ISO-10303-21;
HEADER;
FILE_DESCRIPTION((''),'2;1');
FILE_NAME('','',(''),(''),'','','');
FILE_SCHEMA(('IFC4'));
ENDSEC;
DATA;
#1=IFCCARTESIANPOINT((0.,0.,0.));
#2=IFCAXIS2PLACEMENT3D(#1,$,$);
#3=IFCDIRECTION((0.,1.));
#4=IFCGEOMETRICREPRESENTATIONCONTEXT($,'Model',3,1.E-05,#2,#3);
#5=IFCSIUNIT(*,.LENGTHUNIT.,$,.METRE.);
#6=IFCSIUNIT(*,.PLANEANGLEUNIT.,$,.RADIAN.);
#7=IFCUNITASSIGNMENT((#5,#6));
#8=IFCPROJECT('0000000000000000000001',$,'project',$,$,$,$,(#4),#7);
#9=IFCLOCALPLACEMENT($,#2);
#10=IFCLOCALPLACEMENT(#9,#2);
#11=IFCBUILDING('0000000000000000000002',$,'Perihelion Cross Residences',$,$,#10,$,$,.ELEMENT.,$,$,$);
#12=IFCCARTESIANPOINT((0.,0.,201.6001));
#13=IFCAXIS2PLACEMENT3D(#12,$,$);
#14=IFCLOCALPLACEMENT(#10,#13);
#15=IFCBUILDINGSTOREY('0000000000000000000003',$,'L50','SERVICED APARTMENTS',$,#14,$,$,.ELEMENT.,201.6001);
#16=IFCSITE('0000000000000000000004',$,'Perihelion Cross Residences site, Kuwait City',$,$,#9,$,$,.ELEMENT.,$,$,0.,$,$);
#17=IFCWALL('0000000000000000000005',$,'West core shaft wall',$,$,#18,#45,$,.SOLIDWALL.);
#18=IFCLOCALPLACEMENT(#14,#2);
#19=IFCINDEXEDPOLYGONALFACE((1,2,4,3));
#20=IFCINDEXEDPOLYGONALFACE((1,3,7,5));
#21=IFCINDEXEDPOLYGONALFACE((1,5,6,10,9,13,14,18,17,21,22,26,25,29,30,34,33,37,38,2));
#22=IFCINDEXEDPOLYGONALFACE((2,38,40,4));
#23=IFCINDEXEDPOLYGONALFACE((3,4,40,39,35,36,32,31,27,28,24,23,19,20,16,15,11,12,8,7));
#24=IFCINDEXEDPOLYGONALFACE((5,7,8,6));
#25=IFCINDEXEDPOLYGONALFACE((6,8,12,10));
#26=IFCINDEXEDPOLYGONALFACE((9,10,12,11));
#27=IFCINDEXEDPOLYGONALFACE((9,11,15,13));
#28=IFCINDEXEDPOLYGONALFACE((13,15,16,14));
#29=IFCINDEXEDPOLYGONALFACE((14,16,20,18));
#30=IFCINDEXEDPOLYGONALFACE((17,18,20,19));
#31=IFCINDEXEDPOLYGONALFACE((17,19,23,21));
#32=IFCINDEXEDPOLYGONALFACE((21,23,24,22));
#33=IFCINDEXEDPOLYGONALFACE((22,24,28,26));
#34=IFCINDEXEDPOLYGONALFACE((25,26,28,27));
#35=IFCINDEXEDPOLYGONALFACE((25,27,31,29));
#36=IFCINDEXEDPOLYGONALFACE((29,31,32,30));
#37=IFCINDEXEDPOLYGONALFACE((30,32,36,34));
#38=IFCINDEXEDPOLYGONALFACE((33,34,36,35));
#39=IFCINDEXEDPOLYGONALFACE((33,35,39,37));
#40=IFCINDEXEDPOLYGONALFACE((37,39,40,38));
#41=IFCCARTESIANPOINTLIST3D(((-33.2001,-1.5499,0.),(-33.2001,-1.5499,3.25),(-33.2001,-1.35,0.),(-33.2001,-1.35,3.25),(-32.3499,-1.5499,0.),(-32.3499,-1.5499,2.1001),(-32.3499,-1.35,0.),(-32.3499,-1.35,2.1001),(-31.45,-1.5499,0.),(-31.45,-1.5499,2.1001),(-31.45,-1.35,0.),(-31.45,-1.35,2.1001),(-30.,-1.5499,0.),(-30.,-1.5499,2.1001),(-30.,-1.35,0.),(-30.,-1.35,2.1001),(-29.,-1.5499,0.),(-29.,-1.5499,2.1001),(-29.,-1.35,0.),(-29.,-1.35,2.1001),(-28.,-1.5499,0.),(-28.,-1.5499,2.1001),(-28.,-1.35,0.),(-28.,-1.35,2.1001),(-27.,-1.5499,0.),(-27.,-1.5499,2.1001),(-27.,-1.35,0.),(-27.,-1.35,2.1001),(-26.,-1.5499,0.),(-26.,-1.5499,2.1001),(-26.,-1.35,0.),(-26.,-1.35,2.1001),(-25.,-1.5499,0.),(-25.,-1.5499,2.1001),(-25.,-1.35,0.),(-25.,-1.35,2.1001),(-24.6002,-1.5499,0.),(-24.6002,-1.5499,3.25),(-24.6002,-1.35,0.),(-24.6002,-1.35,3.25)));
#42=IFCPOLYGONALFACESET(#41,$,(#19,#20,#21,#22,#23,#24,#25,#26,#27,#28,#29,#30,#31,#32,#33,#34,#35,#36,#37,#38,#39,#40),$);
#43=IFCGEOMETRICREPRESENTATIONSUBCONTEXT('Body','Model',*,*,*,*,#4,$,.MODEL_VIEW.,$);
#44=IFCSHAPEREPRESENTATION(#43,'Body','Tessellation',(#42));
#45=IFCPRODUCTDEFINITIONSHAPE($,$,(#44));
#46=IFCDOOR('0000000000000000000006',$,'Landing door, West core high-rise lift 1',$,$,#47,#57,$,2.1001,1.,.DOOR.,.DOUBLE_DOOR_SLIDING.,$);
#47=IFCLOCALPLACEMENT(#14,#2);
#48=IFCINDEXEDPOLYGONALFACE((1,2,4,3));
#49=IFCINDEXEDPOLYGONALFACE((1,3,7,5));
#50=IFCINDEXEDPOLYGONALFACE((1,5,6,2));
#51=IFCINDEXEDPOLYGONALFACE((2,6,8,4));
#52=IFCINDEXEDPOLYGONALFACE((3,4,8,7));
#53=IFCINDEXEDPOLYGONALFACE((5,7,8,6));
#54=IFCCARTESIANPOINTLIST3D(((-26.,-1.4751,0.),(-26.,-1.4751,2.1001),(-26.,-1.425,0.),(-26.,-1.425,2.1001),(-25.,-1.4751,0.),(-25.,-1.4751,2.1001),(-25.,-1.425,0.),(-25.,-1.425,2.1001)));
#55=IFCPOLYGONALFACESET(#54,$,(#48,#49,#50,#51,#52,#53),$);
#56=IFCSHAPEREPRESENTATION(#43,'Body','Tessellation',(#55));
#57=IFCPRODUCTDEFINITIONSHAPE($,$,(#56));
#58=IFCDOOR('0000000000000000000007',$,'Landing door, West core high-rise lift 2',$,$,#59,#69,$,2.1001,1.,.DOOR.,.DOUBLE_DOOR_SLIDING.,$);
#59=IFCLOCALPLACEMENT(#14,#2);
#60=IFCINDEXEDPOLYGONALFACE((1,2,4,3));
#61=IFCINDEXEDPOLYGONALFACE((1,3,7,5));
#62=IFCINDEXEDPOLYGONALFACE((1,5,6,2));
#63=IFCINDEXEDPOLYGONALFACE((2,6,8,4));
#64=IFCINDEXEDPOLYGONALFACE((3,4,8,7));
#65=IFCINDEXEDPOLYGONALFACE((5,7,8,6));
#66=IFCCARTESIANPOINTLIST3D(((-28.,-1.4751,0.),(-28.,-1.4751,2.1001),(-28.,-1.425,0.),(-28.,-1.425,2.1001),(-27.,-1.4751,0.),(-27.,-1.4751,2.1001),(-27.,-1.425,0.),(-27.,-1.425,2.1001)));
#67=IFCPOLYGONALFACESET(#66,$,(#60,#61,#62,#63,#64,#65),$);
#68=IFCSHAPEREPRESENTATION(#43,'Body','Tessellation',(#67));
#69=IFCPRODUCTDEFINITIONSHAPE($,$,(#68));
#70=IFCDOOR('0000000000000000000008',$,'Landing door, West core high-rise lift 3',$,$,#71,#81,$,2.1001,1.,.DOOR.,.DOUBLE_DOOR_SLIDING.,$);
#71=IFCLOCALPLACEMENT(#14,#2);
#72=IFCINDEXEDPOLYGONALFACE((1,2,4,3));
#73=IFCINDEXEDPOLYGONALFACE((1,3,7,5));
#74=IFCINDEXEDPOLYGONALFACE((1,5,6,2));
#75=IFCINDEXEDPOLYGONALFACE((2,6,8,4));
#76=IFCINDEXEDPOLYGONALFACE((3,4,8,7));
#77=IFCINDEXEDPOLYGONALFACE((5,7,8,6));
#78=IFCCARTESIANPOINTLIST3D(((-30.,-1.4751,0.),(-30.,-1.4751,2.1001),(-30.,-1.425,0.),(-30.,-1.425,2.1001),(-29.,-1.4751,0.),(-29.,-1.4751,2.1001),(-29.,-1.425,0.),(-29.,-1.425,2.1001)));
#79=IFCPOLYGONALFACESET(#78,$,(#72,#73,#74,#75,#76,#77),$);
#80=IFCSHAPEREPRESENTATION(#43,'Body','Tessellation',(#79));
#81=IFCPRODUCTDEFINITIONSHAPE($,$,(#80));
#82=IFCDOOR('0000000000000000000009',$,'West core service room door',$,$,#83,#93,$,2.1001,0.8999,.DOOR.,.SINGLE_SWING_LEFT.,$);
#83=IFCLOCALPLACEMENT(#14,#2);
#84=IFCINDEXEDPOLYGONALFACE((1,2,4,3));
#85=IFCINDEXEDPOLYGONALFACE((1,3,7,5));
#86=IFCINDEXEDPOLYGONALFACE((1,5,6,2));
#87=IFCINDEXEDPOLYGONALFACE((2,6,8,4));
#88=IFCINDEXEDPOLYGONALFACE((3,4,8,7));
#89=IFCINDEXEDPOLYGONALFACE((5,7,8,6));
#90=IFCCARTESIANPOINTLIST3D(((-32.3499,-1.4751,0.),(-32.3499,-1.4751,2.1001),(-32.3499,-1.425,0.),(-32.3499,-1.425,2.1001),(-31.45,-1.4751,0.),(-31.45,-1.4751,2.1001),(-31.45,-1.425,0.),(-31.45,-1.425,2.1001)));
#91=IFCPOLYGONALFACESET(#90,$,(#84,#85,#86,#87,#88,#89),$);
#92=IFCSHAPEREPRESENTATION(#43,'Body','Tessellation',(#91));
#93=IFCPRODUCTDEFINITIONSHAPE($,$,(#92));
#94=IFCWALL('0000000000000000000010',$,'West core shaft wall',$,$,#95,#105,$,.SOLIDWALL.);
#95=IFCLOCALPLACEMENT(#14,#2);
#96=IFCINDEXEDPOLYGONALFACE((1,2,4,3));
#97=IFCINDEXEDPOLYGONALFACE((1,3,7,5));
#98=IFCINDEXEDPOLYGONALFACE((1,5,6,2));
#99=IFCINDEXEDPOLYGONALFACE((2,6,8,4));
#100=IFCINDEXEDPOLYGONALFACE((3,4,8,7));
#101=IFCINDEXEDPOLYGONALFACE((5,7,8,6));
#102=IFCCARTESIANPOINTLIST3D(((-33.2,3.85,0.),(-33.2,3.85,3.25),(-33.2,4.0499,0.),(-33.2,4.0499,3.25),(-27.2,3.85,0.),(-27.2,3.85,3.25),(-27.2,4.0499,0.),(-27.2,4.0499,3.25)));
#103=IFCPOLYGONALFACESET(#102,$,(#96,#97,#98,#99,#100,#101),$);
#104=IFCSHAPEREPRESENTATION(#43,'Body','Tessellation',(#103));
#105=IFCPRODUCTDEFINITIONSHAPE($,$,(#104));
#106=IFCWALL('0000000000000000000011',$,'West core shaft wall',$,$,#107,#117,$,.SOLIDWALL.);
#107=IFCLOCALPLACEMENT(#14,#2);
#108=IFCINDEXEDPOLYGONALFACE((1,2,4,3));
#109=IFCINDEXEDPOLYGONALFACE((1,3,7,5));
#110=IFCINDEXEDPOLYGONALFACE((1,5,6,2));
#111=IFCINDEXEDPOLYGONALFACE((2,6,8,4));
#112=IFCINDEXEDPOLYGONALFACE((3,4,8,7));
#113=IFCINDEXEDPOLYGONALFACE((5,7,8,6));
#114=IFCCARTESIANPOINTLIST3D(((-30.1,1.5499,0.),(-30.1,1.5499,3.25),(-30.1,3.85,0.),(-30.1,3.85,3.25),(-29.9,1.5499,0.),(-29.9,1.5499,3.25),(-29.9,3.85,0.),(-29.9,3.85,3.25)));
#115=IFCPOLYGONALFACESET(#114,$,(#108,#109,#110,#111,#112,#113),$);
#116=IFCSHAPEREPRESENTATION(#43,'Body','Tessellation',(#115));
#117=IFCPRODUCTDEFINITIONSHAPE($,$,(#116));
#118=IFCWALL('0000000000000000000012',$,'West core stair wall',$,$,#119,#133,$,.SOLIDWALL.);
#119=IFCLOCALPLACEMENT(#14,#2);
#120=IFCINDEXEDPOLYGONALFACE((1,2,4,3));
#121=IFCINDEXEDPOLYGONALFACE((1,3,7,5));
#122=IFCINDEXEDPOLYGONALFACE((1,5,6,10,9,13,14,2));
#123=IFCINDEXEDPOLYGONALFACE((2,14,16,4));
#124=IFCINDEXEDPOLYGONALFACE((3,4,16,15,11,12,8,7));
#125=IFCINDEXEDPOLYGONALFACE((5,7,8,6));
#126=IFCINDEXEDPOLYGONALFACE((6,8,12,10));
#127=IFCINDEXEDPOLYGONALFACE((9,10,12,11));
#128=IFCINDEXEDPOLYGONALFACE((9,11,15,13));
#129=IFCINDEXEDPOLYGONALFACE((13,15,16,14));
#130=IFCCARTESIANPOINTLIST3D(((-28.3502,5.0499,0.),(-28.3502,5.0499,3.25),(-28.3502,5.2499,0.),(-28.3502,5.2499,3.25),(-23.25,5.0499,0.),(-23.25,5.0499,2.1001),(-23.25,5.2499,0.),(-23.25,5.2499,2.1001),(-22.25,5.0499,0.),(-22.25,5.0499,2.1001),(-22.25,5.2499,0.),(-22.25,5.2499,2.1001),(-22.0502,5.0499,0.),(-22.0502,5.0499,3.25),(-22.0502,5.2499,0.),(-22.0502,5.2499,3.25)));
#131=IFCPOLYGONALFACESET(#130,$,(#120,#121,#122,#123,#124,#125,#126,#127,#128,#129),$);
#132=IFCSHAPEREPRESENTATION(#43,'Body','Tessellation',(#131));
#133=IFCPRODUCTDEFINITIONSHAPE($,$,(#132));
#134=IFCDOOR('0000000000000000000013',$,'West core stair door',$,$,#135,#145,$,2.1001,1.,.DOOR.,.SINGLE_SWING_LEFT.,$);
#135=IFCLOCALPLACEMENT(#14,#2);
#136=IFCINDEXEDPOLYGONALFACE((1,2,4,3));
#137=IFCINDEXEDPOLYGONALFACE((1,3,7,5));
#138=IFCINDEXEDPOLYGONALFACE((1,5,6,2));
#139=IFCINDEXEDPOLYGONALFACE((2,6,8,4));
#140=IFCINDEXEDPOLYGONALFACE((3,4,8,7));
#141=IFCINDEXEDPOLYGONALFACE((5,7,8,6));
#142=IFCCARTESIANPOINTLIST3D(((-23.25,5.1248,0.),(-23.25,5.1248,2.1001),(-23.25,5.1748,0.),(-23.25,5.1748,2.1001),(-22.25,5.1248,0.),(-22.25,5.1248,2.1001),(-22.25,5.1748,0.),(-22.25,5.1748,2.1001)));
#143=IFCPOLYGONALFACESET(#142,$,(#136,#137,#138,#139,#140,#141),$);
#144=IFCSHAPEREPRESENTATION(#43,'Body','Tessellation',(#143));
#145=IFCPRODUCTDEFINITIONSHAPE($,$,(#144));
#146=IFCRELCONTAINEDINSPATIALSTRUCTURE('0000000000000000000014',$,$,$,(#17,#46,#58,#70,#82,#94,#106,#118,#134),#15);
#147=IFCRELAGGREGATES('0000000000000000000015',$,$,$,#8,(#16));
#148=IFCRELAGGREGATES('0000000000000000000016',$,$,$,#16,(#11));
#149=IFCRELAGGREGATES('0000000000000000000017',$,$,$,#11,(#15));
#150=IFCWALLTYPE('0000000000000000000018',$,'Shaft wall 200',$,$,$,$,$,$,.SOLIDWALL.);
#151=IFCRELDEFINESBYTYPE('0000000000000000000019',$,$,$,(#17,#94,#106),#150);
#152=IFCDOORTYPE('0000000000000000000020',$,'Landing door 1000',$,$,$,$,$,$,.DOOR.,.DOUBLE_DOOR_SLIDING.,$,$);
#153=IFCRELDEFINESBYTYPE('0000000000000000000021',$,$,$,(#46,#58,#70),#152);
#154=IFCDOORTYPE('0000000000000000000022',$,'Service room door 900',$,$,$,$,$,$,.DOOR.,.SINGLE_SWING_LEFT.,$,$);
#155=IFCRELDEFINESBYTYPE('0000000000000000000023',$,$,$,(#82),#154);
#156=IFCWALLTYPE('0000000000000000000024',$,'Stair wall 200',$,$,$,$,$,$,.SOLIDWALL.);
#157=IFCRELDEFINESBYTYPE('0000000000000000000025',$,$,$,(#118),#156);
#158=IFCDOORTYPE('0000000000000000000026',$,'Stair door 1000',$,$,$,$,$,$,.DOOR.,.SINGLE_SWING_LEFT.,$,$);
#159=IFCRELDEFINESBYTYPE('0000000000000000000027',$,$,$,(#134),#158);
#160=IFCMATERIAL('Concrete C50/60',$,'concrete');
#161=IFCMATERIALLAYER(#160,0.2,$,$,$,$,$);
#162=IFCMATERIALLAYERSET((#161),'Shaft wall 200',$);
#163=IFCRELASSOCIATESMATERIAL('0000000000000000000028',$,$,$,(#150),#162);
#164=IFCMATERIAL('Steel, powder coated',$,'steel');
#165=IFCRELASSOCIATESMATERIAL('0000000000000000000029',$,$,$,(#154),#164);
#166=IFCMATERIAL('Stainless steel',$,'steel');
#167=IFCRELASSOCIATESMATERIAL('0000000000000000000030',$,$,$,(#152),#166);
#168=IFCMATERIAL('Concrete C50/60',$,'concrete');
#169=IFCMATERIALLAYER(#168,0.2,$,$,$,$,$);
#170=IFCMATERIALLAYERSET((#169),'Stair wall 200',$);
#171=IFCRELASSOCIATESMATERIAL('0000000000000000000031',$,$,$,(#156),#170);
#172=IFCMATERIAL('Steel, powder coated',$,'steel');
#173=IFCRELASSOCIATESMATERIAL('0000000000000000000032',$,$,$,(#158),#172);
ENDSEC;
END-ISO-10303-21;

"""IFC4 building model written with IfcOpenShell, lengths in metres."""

from ifc_helpers import new_model, si_unit, direction, frame, frame_2d, origin, place, context, subcontext, project, spatial, rectangle, extrude, material, layer, layer_set, type_object, element, fill, save


model = new_model("IFC4")

# Units and contexts
model_context = context("Model", 3, precision=1e-05, world=origin(), true_north=direction((0.0, 1.0)))
body_context = subcontext(model_context, "Body", "Model", "MODEL_VIEW")
ifc_project = project(units=[si_unit("LENGTHUNIT", "METRE"), si_unit("PLANEANGLEUNIT", "RADIAN")], contexts=[model_context])

# Site, building, storey
site_placement = place(None, origin())
site = spatial("IfcSite", under=ifc_project, at=site_placement, Name="Perihelion Cross Residences site, Kuwait City", CompositionType="ELEMENT", RefElevation=0.0)
building_placement = place(site_placement, origin())
building = spatial("IfcBuilding", under=site, at=building_placement, Name="Perihelion Cross Residences", CompositionType="ELEMENT")
storey_placement = place(building_placement, frame((0.0, 0.0, 201.6001)))
storey = spatial("IfcBuildingStorey", under=building, at=storey_placement, Name="L50", Description="SERVICED APARTMENTS", CompositionType="ELEMENT", Elevation=201.6001)

# Wall, openings, doors
ifc_material_1 = material(Name="Concrete C50/60", Category="concrete")
ifc_layer_1 = layer(ifc_material_1, 0.2)
ifc_layer_set_1 = layer_set([ifc_layer_1], Name="Shaft wall 200")
wall_type_1 = type_object("IfcWallType", Name="Shaft wall 200", PredefinedType="SOLIDWALL", material=ifc_layer_set_1)
ifc_material_2 = material(Name="Steel, powder coated", Category="steel")
door_type_1 = type_object("IfcDoorType", Name="Service room door 900", OperationType="SINGLE_SWING_LEFT", PredefinedType="DOOR", material=ifc_material_2)
wall_1_placement = place(storey_placement, frame((-33.2, -1.45, 0.0), z_axis=(0.0, 0.0, 1.0), x_axis=(1.0, 0.0, 0.0)))
wall_1 = element("IfcWall", 1, at=wall_1_placement, inside=storey, type_object=wall_type_1, Name="West core shaft wall", PredefinedType="SOLIDWALL", context=body_context, shape_type="SweptSolid", body=[
    extrude(rectangle(XDim=8.5999, YDim=0.2, at=frame_2d((4.2998, 0.0))), origin(), (0.0, 0.0, 1.0), 3.25),
])
opening_1_placement = place(wall_1_placement, frame((7.2, 0.0, 0.0)))
opening_1 = element("IfcOpeningElement", 2, at=opening_1_placement, cuts=wall_1, PredefinedType="OPENING", context=body_context, shape_type="SweptSolid", body=[
    extrude(rectangle(XDim=1.0, YDim=2.1001, at=frame_2d((0.5, 1.05))), frame((0.0, 0.1099, 0.0), z_axis=(0.0, -1.0, 0.0), x_axis=(1.0, 0.0, 0.0)), (0.0, 0.0, 1.0), 0.22),
])
opening_2_placement = place(wall_1_placement, frame((5.2, 0.0, 0.0)))
opening_2 = element("IfcOpeningElement", 3, at=opening_2_placement, cuts=wall_1, PredefinedType="OPENING", context=body_context, shape_type="SweptSolid", body=[
    extrude(rectangle(XDim=1.0, YDim=2.1001, at=frame_2d((0.5, 1.05))), frame((0.0, 0.1099, 0.0), z_axis=(0.0, -1.0, 0.0), x_axis=(1.0, 0.0, 0.0)), (0.0, 0.0, 1.0), 0.22),
])
opening_3_placement = place(wall_1_placement, frame((3.2, 0.0, 0.0)))
opening_3 = element("IfcOpeningElement", 4, at=opening_3_placement, cuts=wall_1, PredefinedType="OPENING", context=body_context, shape_type="SweptSolid", body=[
    extrude(rectangle(XDim=1.0, YDim=2.1001, at=frame_2d((0.5, 1.05))), frame((0.0, 0.1099, 0.0), z_axis=(0.0, -1.0, 0.0), x_axis=(1.0, 0.0, 0.0)), (0.0, 0.0, 1.0), 0.22),
])
opening_4_placement = place(wall_1_placement, frame((0.8501, 0.0, 0.0)))
opening_4 = element("IfcOpeningElement", 5, at=opening_4_placement, cuts=wall_1, PredefinedType="OPENING", context=body_context, shape_type="SweptSolid", body=[
    extrude(rectangle(XDim=0.8999, YDim=2.1001, at=frame_2d((0.45, 1.05))), frame((0.0, 0.1099, 0.0), z_axis=(0.0, -1.0, 0.0), x_axis=(1.0, 0.0, 0.0)), (0.0, 0.0, 1.0), 0.22),
])
ifc_material_3 = material(Name="Stainless steel", Category="steel")
door_type_2 = type_object("IfcDoorType", Name="Landing door 1000", OperationType="DOUBLE_DOOR_SLIDING", PredefinedType="DOOR", material=ifc_material_3)
door_1_placement = place(opening_1_placement, origin())
door_1 = element("IfcDoor", 6, at=door_1_placement, inside=storey, type_object=door_type_2, Name="Landing door, West core high-rise lift 1", OperationType="DOUBLE_DOOR_SLIDING", OverallHeight=2.1001, OverallWidth=1.0, PredefinedType="DOOR", context=body_context, shape_type="SweptSolid", body=[
    extrude(rectangle(XDim=1.0, YDim=2.1001, at=frame_2d((0.5, 1.05))), frame((0.0, 0.0249, 0.0), z_axis=(0.0, -1.0, 0.0), x_axis=(1.0, 0.0, 0.0)), (0.0, 0.0, 1.0), 0.05),
])
fill(opening_1, door_1)
door_2_placement = place(opening_2_placement, origin())
door_2 = element("IfcDoor", 7, at=door_2_placement, inside=storey, type_object=door_type_2, Name="Landing door, West core high-rise lift 2", OperationType="DOUBLE_DOOR_SLIDING", OverallHeight=2.1001, OverallWidth=1.0, PredefinedType="DOOR", context=body_context, shape_type="SweptSolid", body=[
    extrude(rectangle(XDim=1.0, YDim=2.1001, at=frame_2d((0.5, 1.05))), frame((0.0, 0.0249, 0.0), z_axis=(0.0, -1.0, 0.0), x_axis=(1.0, 0.0, 0.0)), (0.0, 0.0, 1.0), 0.05),
])
fill(opening_2, door_2)
door_3_placement = place(opening_3_placement, origin())
door_3 = element("IfcDoor", 8, at=door_3_placement, inside=storey, type_object=door_type_2, Name="Landing door, West core high-rise lift 3", OperationType="DOUBLE_DOOR_SLIDING", OverallHeight=2.1001, OverallWidth=1.0, PredefinedType="DOOR", context=body_context, shape_type="SweptSolid", body=[
    extrude(rectangle(XDim=1.0, YDim=2.1001, at=frame_2d((0.5, 1.05))), frame((0.0, 0.0249, 0.0), z_axis=(0.0, -1.0, 0.0), x_axis=(1.0, 0.0, 0.0)), (0.0, 0.0, 1.0), 0.05),
])
fill(opening_3, door_3)
door_4_placement = place(opening_4_placement, origin())
door_4 = element("IfcDoor", 9, at=door_4_placement, inside=storey, type_object=door_type_1, Name="West core service room door", OperationType="SINGLE_SWING_LEFT", OverallHeight=2.1001, OverallWidth=0.8999, PredefinedType="DOOR", context=body_context, shape_type="SweptSolid", body=[
    extrude(rectangle(XDim=0.8999, YDim=2.1001, at=frame_2d((0.45, 1.05))), frame((0.0, 0.0249, 0.0), z_axis=(0.0, -1.0, 0.0), x_axis=(1.0, 0.0, 0.0)), (0.0, 0.0, 1.0), 0.05),
])
fill(opening_4, door_4)

# Walls
wall_2_placement = place(storey_placement, frame((-33.2, 3.95, 0.0), z_axis=(0.0, 0.0, 1.0), x_axis=(1.0, 0.0, 0.0)))
element("IfcWall", 10, at=wall_2_placement, inside=storey, type_object=wall_type_1, Name="West core shaft wall", PredefinedType="SOLIDWALL", context=body_context, shape_type="SweptSolid", body=[
    extrude(rectangle(XDim=6.0, YDim=0.2, at=frame_2d((3.0, 0.0))), origin(), (0.0, 0.0, 1.0), 3.25),
])
wall_3_placement = place(storey_placement, frame((-30.0, 1.55, 0.0), z_axis=(0.0, 0.0, 1.0), x_axis=(0.0, 1.0, 0.0)))
element("IfcWall", 11, at=wall_3_placement, inside=storey, type_object=wall_type_1, Name="West core shaft wall", PredefinedType="SOLIDWALL", context=body_context, shape_type="SweptSolid", body=[
    extrude(rectangle(XDim=2.3, YDim=0.2, at=frame_2d((1.1499, 0.0))), origin(), (0.0, 0.0, 1.0), 3.25),
])

# Wall, opening, door
ifc_material_4 = material(Name="Concrete C50/60", Category="concrete")
ifc_layer_2 = layer(ifc_material_4, 0.2)
ifc_layer_set_2 = layer_set([ifc_layer_2], Name="Stair wall 200")
wall_type_2 = type_object("IfcWallType", Name="Stair wall 200", PredefinedType="SOLIDWALL", material=ifc_layer_set_2)
wall_4_placement = place(storey_placement, frame((-28.3501, 5.1499, 0.0), z_axis=(0.0, 0.0, 1.0), x_axis=(1.0, 0.0, 0.0)))
wall_4 = element("IfcWall", 12, at=wall_4_placement, inside=storey, type_object=wall_type_2, Name="West core stair wall", PredefinedType="SOLIDWALL", context=body_context, shape_type="SweptSolid", body=[
    extrude(rectangle(XDim=6.3, YDim=0.2, at=frame_2d((3.1499, 0.0))), origin(), (0.0, 0.0, 1.0), 3.25),
])
opening_5_placement = place(wall_4_placement, frame((5.1001, 0.0, 0.0)))
opening_5 = element("IfcOpeningElement", 13, at=opening_5_placement, cuts=wall_4, PredefinedType="OPENING", context=body_context, shape_type="SweptSolid", body=[
    extrude(rectangle(XDim=1.0, YDim=2.1001, at=frame_2d((0.5, 1.05))), frame((0.0, 0.1099, 0.0), z_axis=(0.0, -1.0, 0.0), x_axis=(1.0, 0.0, 0.0)), (0.0, 0.0, 1.0), 0.22),
])
ifc_material_5 = material(Name="Steel, powder coated", Category="steel")
door_type_3 = type_object("IfcDoorType", Name="Stair door 1000", OperationType="SINGLE_SWING_LEFT", PredefinedType="DOOR", material=ifc_material_5)
door_5_placement = place(opening_5_placement, origin())
door_5 = element("IfcDoor", 14, at=door_5_placement, inside=storey, type_object=door_type_3, Name="West core stair door", OperationType="SINGLE_SWING_LEFT", OverallHeight=2.1001, OverallWidth=1.0, PredefinedType="DOOR", context=body_context, shape_type="SweptSolid", body=[
    extrude(rectangle(XDim=1.0, YDim=2.1001, at=frame_2d((0.5, 1.05))), frame((0.0, 0.0249, 0.0), z_axis=(0.0, -1.0, 0.0), x_axis=(1.0, 0.0, 0.0)), (0.0, 0.0, 1.0), 0.05),
])
fill(opening_5, door_5)

save(model, "model.ifc")
